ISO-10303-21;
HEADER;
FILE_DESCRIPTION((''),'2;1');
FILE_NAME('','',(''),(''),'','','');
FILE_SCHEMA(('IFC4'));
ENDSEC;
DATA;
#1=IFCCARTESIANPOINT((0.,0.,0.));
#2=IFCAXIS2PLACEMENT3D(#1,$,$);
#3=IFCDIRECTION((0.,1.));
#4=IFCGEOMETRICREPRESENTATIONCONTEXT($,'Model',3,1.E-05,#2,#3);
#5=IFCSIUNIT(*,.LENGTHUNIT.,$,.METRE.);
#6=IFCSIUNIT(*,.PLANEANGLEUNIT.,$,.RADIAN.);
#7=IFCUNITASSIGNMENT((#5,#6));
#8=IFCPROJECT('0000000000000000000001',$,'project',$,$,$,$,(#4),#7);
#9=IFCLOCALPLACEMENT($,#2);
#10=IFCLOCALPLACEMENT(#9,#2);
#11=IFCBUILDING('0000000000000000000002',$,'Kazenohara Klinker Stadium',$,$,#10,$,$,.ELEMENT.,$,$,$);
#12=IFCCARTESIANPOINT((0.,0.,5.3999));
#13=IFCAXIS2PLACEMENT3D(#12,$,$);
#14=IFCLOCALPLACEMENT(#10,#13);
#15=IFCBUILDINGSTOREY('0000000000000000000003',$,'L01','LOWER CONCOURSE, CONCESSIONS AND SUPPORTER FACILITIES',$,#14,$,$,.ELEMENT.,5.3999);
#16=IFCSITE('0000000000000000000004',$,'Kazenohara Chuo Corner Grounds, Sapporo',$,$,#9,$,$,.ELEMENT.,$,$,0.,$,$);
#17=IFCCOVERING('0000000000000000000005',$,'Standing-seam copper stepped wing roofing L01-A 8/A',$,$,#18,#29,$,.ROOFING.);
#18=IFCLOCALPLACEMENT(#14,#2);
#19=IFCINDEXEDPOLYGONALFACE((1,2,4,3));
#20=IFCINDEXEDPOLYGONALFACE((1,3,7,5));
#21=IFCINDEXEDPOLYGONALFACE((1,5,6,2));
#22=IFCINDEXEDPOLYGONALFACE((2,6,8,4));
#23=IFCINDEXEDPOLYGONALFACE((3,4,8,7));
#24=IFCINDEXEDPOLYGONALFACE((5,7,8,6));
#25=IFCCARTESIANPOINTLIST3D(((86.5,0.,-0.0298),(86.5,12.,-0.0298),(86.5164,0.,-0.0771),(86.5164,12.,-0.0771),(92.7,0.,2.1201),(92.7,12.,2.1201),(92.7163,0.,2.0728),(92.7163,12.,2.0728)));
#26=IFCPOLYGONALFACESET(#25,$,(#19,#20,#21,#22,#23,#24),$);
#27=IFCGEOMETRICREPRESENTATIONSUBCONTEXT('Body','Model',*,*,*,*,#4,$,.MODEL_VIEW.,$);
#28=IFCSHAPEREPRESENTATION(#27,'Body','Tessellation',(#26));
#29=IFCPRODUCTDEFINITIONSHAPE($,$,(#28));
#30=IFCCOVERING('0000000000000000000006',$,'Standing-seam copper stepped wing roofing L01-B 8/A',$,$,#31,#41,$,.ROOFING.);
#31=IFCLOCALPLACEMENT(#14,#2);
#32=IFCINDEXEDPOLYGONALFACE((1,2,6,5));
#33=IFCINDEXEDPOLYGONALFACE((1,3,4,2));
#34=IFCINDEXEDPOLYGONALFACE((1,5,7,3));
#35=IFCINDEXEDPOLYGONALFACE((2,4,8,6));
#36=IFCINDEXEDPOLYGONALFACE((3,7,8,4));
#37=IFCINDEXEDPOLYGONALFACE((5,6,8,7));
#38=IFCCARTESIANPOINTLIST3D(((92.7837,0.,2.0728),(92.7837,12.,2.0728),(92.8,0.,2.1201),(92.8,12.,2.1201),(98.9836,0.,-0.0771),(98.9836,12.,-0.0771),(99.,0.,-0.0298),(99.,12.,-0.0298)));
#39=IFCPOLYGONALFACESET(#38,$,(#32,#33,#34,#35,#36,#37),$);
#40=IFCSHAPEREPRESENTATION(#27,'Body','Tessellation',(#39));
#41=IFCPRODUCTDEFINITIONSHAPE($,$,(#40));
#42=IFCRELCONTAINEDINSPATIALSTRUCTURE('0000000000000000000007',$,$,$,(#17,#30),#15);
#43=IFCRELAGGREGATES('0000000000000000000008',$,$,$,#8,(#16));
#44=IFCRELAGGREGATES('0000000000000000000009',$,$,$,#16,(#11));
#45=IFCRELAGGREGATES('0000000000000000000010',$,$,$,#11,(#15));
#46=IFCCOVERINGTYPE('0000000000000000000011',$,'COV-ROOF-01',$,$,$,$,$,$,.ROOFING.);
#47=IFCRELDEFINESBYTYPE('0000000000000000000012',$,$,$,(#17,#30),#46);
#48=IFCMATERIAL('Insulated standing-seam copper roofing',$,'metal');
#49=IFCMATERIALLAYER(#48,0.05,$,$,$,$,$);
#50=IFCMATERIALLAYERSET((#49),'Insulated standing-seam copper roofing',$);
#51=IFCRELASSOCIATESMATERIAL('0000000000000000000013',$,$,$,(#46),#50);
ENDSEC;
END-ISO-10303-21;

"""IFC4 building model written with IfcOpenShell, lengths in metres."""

from ifc_helpers import new_model, si_unit, direction, frame, origin, place, context, subcontext, project, spatial, polyline, outline, extrude, material, layer, layer_set, type_object, element, save


model = new_model("IFC4")

# Units and contexts
model_context = context("Model", 3, precision=1e-05, world=origin(), true_north=direction((0.0, 1.0)))
body_context = subcontext(model_context, "Body", "Model", "MODEL_VIEW")
ifc_project = project(units=[si_unit("LENGTHUNIT", "METRE"), si_unit("PLANEANGLEUNIT", "RADIAN")], contexts=[model_context])

# Site, building, storey
site_placement = place(None, origin())
site = spatial("IfcSite", under=ifc_project, at=site_placement, Name="Kazenohara Chuo Corner Grounds, Sapporo", CompositionType="ELEMENT", RefElevation=0.0)
building_placement = place(site_placement, origin())
building = spatial("IfcBuilding", under=site, at=building_placement, Name="Kazenohara Klinker Stadium", CompositionType="ELEMENT")
storey_placement = place(building_placement, frame((0.0, 0.0, 5.3999)))
storey = spatial("IfcBuildingStorey", under=building, at=storey_placement, Name="L01", Description="LOWER CONCOURSE, CONCESSIONS AND SUPPORTER FACILITIES", CompositionType="ELEMENT", Elevation=5.3999)

# Coverings
ifc_material_1 = material(Name="Insulated standing-seam copper roofing", Category="metal")
ifc_layer_1 = layer(ifc_material_1, 0.05)
ifc_layer_set_1 = layer_set([ifc_layer_1], Name="Insulated standing-seam copper roofing")
covering_type = type_object("IfcCoveringType", Name="COV-ROOF-01", PredefinedType="ROOFING", material=ifc_layer_set_1)
for number, where, z_axis, x_axis, name in (
    (1, (86.5, 0.0, -0.0298), (-0.327623, 0.0, 0.944809), (0.944809, 0.0, 0.327623), "Standing-seam copper stepped wing roofing L01-A 8/A"),
    (2, (92.8, 0.0, 2.1201), (0.327623, 0.0, 0.944809), (0.944809, 0.0, -0.327623), "Standing-seam copper stepped wing roofing L01-B 8/A"),
):
    element("IfcCovering", number, at=place(storey_placement, frame(where, z_axis=z_axis, x_axis=x_axis)), inside=storey, type_object=covering_type, Name=name, PredefinedType="ROOFING", context=body_context, shape_type="SweptSolid", body=[
        extrude(outline(polyline([(0.0, 0.0), (6.5621, 0.0), (6.5621, 12.0), (0.0, 12.0), (0.0, 0.0)])), origin(), (0.0, 0.0, -1.0), 0.05),
    ])

save(model, "model.ifc")
